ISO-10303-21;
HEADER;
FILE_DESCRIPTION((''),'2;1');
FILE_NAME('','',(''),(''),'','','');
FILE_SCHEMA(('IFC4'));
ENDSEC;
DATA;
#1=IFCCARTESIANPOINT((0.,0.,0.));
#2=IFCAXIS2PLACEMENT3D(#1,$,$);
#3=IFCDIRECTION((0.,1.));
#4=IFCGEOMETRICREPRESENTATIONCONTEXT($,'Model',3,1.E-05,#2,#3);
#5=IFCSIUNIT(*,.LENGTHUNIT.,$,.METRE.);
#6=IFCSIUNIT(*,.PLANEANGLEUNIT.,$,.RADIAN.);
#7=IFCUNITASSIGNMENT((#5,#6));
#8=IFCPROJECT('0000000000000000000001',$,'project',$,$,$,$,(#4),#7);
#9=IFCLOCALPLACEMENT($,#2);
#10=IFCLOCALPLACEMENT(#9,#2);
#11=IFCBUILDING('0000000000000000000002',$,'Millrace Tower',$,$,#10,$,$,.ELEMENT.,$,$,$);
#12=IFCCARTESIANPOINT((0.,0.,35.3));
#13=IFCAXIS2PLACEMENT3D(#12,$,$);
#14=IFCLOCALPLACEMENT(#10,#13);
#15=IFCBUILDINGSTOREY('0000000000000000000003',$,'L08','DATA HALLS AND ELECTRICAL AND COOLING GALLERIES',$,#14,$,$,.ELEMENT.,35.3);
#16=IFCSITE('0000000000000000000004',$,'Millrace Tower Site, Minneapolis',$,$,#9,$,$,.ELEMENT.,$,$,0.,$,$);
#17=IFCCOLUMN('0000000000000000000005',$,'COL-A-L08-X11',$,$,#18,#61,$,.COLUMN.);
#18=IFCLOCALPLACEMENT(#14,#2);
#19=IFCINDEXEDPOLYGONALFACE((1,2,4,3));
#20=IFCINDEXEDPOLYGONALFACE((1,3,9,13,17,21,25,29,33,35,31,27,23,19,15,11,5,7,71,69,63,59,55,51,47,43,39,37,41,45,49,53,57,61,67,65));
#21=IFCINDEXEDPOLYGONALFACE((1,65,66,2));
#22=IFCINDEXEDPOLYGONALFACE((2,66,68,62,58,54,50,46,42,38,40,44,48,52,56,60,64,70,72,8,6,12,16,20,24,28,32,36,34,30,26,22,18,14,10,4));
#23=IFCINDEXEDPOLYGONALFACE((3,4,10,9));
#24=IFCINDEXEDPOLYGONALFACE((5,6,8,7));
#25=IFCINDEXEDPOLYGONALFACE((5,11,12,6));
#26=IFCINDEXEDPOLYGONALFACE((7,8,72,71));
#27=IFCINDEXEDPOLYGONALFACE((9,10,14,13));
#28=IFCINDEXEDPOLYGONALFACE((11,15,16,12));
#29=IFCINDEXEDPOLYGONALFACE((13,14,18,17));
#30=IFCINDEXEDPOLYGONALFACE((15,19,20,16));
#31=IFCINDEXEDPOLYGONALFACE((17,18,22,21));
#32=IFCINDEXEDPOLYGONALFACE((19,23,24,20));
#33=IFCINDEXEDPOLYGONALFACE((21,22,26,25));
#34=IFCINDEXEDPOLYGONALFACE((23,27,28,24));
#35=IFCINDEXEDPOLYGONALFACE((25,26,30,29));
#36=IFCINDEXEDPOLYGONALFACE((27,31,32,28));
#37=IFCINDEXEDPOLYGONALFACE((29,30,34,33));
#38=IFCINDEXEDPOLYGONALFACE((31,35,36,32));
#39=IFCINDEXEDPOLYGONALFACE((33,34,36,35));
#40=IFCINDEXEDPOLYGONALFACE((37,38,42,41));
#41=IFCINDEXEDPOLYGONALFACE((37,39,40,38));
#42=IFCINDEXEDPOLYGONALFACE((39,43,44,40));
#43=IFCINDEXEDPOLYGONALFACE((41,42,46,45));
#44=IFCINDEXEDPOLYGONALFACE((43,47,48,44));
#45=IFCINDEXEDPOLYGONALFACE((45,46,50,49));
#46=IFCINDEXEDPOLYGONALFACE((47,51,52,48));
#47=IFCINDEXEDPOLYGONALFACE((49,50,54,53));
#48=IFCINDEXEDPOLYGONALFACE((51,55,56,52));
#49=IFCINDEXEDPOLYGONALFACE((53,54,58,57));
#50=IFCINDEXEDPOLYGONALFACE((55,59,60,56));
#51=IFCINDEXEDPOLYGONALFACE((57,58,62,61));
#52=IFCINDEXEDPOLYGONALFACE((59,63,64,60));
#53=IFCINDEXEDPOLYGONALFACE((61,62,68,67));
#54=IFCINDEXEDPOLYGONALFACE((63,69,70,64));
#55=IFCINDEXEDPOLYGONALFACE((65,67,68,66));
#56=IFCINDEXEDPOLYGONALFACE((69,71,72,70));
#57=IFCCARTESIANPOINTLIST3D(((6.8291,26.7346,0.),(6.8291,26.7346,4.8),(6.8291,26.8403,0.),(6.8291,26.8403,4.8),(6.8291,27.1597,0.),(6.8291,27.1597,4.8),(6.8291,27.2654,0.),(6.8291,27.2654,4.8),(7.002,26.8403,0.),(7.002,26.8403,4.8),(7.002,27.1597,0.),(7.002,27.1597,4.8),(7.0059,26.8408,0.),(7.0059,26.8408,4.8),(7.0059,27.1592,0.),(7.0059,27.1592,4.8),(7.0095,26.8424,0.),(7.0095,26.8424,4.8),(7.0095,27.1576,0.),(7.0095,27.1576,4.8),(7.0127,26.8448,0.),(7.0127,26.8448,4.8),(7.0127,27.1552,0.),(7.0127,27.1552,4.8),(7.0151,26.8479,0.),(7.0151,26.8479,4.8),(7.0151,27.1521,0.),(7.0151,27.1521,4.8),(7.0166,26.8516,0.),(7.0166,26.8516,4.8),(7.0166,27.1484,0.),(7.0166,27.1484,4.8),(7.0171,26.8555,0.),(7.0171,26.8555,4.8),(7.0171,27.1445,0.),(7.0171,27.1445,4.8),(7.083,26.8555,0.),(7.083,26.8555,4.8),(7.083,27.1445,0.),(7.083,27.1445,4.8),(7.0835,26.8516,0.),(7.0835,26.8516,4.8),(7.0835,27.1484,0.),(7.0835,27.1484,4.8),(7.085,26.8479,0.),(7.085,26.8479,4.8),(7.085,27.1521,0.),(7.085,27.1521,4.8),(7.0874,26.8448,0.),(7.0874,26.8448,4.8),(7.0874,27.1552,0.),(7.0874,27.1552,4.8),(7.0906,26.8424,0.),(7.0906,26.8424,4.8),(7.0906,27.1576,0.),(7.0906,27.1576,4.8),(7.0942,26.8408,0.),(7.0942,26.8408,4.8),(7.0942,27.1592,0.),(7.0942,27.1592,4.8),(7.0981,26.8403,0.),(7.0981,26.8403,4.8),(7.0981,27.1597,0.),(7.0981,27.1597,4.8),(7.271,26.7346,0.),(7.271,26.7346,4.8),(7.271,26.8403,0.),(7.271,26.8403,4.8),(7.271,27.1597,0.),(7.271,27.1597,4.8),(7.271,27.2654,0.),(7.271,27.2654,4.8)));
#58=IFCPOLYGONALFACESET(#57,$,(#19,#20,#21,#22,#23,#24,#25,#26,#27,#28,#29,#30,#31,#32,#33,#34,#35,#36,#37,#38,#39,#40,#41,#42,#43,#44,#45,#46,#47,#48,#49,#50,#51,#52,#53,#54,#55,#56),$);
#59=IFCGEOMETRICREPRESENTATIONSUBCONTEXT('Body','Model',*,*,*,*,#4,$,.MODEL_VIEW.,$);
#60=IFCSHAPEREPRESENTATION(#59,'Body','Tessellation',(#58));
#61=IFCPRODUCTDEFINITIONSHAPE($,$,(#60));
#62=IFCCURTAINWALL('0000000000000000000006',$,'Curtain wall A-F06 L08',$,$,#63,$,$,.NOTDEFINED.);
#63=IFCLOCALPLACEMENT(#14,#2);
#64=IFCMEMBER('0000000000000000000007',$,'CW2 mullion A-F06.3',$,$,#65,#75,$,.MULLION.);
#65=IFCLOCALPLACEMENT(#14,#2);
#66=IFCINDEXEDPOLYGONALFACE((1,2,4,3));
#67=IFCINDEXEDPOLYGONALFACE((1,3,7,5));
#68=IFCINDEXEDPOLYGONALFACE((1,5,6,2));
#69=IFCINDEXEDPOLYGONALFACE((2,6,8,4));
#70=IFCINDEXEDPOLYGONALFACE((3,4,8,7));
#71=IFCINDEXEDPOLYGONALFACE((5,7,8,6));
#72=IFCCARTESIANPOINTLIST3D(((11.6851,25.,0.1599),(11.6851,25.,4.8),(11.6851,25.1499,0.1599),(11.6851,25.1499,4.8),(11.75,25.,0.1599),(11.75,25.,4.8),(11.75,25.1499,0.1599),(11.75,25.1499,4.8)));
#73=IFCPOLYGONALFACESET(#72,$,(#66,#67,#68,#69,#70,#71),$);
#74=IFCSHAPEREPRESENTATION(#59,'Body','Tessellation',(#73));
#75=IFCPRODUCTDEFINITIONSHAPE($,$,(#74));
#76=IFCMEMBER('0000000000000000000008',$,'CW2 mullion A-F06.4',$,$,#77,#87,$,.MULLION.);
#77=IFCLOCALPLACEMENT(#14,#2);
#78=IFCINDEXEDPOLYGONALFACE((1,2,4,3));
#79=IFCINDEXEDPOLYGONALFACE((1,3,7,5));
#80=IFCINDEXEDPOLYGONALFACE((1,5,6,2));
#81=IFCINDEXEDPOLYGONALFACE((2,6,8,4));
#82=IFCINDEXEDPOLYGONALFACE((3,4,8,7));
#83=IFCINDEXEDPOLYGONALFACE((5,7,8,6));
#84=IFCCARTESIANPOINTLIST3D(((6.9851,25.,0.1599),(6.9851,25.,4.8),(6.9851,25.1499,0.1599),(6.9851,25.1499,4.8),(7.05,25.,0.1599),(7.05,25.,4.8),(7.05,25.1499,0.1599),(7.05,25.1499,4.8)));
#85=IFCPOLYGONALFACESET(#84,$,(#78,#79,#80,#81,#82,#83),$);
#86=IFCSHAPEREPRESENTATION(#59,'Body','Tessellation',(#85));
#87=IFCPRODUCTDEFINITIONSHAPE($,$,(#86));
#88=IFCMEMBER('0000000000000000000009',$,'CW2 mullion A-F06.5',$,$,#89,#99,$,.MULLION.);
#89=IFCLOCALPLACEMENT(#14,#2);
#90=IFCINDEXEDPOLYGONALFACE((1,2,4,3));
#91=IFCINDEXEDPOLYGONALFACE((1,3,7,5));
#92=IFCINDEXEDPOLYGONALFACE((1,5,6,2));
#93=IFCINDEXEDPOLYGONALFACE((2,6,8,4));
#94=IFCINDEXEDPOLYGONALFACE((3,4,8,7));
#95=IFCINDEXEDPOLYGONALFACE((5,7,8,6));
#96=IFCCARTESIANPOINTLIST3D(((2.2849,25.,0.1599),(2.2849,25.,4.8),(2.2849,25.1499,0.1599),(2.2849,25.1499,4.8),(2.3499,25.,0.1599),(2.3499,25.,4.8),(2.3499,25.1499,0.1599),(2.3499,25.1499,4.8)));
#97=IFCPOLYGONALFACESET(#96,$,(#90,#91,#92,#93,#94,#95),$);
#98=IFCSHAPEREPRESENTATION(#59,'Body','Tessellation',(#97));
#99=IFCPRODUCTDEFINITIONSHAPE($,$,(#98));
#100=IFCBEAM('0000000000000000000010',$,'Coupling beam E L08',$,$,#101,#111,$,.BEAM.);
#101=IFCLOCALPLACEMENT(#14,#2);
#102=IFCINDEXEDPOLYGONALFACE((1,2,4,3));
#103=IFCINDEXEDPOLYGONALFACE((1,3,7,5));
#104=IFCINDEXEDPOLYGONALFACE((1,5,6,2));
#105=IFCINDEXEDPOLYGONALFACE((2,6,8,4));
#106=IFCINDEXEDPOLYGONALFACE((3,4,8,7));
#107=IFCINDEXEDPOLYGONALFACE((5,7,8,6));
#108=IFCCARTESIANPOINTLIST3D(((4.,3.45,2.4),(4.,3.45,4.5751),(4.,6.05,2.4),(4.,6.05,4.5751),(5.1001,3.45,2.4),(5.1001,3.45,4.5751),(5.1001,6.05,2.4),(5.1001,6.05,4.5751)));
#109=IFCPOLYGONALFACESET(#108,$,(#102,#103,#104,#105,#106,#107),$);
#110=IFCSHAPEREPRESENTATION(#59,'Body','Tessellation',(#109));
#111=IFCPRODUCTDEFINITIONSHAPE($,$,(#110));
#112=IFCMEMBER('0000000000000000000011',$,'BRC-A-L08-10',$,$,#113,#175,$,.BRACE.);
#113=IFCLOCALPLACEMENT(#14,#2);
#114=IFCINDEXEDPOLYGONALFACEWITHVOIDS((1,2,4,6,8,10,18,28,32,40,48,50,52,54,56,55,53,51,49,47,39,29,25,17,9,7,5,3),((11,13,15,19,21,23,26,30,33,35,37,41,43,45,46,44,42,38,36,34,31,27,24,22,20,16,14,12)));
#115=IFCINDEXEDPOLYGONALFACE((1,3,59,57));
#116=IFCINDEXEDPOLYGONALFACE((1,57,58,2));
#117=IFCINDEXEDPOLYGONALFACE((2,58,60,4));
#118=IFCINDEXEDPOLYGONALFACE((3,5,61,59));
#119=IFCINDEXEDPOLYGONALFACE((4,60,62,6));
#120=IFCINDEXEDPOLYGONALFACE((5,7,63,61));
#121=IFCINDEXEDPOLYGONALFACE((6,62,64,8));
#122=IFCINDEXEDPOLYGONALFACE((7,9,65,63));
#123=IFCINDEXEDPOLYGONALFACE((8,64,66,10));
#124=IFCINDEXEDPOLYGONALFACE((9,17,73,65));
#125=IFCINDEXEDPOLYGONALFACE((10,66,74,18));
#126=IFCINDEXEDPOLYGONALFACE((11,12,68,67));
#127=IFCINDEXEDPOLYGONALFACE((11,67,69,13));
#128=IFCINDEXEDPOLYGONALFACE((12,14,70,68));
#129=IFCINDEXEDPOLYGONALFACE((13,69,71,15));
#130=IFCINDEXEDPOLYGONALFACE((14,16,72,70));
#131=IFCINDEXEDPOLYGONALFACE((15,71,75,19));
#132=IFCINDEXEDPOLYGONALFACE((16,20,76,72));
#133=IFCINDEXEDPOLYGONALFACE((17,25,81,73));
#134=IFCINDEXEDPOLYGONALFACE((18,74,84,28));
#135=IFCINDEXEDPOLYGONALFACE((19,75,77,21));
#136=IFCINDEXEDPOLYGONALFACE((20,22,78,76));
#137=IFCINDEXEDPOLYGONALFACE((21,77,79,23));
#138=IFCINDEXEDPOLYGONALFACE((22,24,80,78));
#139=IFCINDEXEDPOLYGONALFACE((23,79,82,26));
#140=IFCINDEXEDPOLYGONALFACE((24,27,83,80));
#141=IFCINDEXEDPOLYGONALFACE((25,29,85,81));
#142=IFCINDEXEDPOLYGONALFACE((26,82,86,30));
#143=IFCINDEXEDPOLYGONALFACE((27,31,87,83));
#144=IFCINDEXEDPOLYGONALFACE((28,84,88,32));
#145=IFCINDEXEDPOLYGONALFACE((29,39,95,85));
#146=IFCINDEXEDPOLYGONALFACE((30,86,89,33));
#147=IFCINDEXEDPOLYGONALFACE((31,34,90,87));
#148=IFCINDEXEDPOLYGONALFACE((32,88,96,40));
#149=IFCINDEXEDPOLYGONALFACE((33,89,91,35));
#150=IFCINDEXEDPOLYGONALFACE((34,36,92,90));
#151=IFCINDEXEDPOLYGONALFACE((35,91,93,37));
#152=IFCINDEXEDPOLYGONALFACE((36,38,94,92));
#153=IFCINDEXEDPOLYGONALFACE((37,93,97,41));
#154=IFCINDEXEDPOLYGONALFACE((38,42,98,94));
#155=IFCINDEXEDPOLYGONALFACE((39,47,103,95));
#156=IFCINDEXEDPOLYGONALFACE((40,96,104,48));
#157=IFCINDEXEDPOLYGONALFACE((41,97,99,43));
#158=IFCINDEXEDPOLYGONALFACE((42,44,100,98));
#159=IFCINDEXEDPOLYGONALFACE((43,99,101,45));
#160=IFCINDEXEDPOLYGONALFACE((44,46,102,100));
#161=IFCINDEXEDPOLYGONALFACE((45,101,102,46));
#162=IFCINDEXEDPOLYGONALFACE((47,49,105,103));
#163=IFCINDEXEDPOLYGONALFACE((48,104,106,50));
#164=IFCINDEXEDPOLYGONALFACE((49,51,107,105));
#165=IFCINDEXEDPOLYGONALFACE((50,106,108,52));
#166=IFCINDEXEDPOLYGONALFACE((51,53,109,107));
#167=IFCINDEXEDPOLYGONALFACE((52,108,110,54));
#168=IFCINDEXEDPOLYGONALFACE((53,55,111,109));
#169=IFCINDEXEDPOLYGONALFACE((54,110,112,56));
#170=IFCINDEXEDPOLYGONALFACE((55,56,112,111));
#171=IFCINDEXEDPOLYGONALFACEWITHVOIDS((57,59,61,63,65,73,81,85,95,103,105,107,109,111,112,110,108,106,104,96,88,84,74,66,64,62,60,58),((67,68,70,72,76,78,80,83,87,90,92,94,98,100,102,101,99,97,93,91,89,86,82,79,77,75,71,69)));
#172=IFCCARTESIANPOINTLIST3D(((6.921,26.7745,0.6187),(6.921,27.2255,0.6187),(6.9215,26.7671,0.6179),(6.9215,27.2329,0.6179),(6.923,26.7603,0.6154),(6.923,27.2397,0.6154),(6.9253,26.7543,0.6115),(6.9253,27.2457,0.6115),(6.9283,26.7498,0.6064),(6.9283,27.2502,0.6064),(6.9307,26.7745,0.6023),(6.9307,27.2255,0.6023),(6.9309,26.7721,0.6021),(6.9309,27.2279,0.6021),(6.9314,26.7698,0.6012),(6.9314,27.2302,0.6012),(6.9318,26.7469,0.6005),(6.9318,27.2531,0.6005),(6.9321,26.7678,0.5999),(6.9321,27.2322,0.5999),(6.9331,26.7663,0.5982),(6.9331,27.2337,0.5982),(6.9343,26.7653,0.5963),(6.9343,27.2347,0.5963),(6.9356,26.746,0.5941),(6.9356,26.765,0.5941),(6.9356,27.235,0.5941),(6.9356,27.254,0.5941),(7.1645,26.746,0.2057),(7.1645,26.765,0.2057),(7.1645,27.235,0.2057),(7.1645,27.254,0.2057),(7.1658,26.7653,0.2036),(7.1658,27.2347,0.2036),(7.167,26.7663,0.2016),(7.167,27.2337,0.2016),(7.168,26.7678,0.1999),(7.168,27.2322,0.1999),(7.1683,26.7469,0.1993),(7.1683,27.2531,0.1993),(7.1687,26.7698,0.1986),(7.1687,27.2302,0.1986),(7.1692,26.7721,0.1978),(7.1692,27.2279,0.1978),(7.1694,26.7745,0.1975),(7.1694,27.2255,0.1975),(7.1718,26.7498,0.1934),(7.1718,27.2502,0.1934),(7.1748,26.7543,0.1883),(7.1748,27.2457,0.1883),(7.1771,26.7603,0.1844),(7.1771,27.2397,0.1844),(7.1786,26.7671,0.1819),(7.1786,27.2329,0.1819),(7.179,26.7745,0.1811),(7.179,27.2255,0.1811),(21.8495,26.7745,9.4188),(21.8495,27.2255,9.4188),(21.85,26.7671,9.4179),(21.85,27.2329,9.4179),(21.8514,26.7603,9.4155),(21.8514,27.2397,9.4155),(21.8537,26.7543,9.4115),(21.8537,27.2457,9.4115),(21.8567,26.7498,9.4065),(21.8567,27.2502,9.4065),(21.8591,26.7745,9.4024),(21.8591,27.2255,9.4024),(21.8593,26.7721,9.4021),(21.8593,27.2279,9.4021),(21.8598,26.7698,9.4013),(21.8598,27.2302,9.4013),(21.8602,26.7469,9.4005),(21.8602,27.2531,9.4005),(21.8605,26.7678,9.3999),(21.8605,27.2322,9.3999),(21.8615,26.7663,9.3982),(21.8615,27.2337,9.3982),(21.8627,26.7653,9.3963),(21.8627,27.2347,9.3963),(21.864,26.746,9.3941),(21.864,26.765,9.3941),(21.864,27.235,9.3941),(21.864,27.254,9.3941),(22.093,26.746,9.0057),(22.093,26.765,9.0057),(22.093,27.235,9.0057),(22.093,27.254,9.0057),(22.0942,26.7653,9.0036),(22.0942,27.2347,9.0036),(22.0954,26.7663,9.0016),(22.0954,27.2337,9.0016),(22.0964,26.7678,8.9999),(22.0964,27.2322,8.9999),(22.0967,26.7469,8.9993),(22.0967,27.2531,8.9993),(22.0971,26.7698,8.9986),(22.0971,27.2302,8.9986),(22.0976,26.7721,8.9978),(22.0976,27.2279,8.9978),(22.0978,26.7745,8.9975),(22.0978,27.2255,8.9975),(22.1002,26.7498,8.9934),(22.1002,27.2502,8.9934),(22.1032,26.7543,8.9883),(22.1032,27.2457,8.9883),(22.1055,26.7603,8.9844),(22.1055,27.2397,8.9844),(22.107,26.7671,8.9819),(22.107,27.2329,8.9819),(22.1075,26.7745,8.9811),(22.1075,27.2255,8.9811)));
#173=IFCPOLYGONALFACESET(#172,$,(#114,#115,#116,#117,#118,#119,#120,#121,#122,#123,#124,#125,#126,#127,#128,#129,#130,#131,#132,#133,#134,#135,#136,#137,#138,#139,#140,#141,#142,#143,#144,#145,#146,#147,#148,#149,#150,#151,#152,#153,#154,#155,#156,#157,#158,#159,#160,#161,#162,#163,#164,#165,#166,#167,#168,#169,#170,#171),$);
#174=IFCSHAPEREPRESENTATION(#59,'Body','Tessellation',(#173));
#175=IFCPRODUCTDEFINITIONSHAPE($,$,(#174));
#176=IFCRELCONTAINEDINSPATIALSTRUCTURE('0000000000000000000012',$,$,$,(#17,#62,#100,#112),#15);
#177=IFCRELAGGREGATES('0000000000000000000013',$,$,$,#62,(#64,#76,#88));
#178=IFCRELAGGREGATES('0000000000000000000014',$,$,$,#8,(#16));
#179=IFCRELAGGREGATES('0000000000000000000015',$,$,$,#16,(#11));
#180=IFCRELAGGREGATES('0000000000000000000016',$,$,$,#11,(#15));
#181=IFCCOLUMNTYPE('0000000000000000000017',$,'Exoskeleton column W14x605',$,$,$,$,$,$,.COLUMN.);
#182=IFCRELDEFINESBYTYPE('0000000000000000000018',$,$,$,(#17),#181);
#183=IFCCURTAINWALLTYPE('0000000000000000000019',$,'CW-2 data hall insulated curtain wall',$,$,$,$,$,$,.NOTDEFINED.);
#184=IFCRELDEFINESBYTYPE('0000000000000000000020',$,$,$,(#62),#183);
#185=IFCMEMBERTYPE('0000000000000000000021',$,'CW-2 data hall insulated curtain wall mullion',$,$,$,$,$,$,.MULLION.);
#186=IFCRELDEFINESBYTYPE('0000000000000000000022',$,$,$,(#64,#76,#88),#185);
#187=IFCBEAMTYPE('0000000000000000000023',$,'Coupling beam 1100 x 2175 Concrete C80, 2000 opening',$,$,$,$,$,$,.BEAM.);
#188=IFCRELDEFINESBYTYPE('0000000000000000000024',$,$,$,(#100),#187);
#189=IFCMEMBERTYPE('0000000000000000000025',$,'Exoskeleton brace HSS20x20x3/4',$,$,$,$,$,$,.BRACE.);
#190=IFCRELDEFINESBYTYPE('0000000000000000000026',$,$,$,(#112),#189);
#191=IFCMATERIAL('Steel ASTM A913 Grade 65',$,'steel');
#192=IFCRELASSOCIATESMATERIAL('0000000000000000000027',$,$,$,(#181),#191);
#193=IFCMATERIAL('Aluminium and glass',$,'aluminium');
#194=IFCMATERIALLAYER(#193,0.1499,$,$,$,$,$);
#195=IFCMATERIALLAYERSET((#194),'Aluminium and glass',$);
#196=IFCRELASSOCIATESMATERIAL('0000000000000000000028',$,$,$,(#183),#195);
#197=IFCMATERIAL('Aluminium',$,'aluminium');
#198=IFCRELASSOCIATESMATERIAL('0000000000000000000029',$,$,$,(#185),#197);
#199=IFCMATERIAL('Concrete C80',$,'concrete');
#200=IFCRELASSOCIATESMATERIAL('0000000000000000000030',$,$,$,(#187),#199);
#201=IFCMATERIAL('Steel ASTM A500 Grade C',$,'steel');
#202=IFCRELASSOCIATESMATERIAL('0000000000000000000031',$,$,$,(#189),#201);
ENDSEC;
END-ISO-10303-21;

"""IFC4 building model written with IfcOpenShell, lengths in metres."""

from ifc_helpers import new_model, si_unit, direction, frame, origin, origin_2d, place, context, subcontext, project, spatial, rectangle, hollow_rectangle, i_section, extrude, material, layer, layer_set, material_profile, profile_set, type_object, element, aggregate, save


model = new_model("IFC4")

# Units and contexts
model_context = context("Model", 3, precision=1e-05, world=origin(), true_north=direction((0.0, 1.0)))
body_context = subcontext(model_context, "Body", "Model", "MODEL_VIEW")
ifc_project = project(units=[si_unit("LENGTHUNIT", "METRE"), si_unit("PLANEANGLEUNIT", "RADIAN")], contexts=[model_context])

# Site, building, storey
site_placement = place(None, origin())
site = spatial("IfcSite", under=ifc_project, at=site_placement, Name="Millrace Tower Site, Minneapolis", CompositionType="ELEMENT", RefElevation=0.0)
building_placement = place(site_placement, origin())
building = spatial("IfcBuilding", under=site, at=building_placement, Name="Millrace Tower", CompositionType="ELEMENT")
storey_placement = place(building_placement, frame((0.0, 0.0, 35.3)))
storey = spatial("IfcBuildingStorey", under=building, at=storey_placement, Name="L08", Description="DATA HALLS AND ELECTRICAL AND COOLING GALLERIES", CompositionType="ELEMENT", Elevation=35.3)

# Column
ifc_material_1 = material(Name="Steel ASTM A913 Grade 65", Category="steel")
ifc_material_profile_1 = material_profile(ifc_material_1, i_section(OverallWidth=0.4419, OverallDepth=0.5308, WebThickness=0.0659, FlangeThickness=0.1057, FilletRadius=0.0151, at=origin_2d()))
ifc_profile_set_1 = profile_set([ifc_material_profile_1], Name="Steel ASTM A913 Grade 65")
column_type = type_object("IfcColumnType", Name="Exoskeleton column W14x605", PredefinedType="COLUMN", material=ifc_profile_set_1)
column_placement = place(storey_placement, frame((7.05, 27.0, 0.0), z_axis=(0.0, 0.0, 1.0), x_axis=(-1.0, 0.0, 0.0)))
element("IfcColumn", 1, at=column_placement, inside=storey, type_object=column_type, Name="COL-A-L08-X11", PredefinedType="COLUMN", context=body_context, shape_type="SweptSolid", body=[
    extrude(i_section(OverallWidth=0.4419, OverallDepth=0.5308, WebThickness=0.0659, FlangeThickness=0.1057, FilletRadius=0.0151, at=origin_2d()), origin(), (0.0, 0.0, 1.0), 4.8),
])

# Curtain wall, members
ifc_material_2 = material(Name="Aluminium and glass", Category="aluminium")
ifc_layer_1 = layer(ifc_material_2, 0.1499)
ifc_layer_set_1 = layer_set([ifc_layer_1], Name="Aluminium and glass")
curtain_wall_type = type_object("IfcCurtainWallType", Name="CW-2 data hall insulated curtain wall", PredefinedType="NOTDEFINED", material=ifc_layer_set_1)
curtain_wall_placement = place(storey_placement, origin())
curtain_wall = element("IfcCurtainWall", 2, at=curtain_wall_placement, inside=storey, type_object=curtain_wall_type, Name="Curtain wall A-F06 L08", PredefinedType="NOTDEFINED")
ifc_material_3 = material(Name="Aluminium", Category="aluminium")
ifc_material_profile_2 = material_profile(ifc_material_3, rectangle(XDim=0.0649, YDim=0.1499, at=origin_2d()))
ifc_profile_set_2 = profile_set([ifc_material_profile_2], Name="Aluminium")
member_type_1 = type_object("IfcMemberType", Name="CW-2 data hall insulated curtain wall mullion", PredefinedType="MULLION", material=ifc_profile_set_2)
member_1_placement = place(storey_placement, frame((11.7175, 25.075, 0.1599), z_axis=(0.0, 0.0, 1.0), x_axis=(-1.0, 0.0, 0.0)))
member_1 = element("IfcMember", 3, at=member_1_placement, type_object=member_type_1, Name="CW2 mullion A-F06.3", PredefinedType="MULLION", context=body_context, shape_type="SweptSolid", body=[
    extrude(rectangle(XDim=0.0649, YDim=0.1499, at=origin_2d()), origin(), (0.0, 0.0, 1.0), 4.6401),
])
member_2_placement = place(storey_placement, frame((7.0176, 25.075, 0.1599), z_axis=(0.0, 0.0, 1.0), x_axis=(-1.0, 0.0, 0.0)))
member_2 = element("IfcMember", 4, at=member_2_placement, type_object=member_type_1, Name="CW2 mullion A-F06.4", PredefinedType="MULLION", context=body_context, shape_type="SweptSolid", body=[
    extrude(rectangle(XDim=0.0649, YDim=0.1499, at=origin_2d()), origin(), (0.0, 0.0, 1.0), 4.6401),
])
member_3_placement = place(storey_placement, frame((2.3174, 25.075, 0.1599), z_axis=(0.0, 0.0, 1.0), x_axis=(-1.0, 0.0, 0.0)))
member_3 = element("IfcMember", 5, at=member_3_placement, type_object=member_type_1, Name="CW2 mullion A-F06.5", PredefinedType="MULLION", context=body_context, shape_type="SweptSolid", body=[
    extrude(rectangle(XDim=0.0649, YDim=0.1499, at=origin_2d()), origin(), (0.0, 0.0, 1.0), 4.6401),
])
aggregate(curtain_wall, [member_1, member_2, member_3])

# Beam
ifc_material_4 = material(Name="Concrete C80", Category="concrete")
ifc_material_profile_3 = material_profile(ifc_material_4, rectangle(XDim=1.1001, YDim=2.175, at=origin_2d()))
ifc_profile_set_3 = profile_set([ifc_material_profile_3], Name="Concrete C80")
beam_type_1 = type_object("IfcBeamType", Name="Coupling beam 1100 x 2175 Concrete C80, 2000 opening", PredefinedType="BEAM", material=ifc_profile_set_3)
beam_1_placement = place(storey_placement, frame((4.55, 6.05, 3.4875), z_axis=(0.0, -1.0, 0.0), x_axis=(1.0, 0.0, 0.0)))
element("IfcBeam", 6, at=beam_1_placement, inside=storey, type_object=beam_type_1, Name="Coupling beam E L08", PredefinedType="BEAM", context=body_context, shape_type="SweptSolid", body=[
    extrude(rectangle(XDim=1.1001, YDim=2.175, at=origin_2d()), origin(), (0.0, 0.0, 1.0), 2.6001),
])

# Member
ifc_material_5 = material(Name="Steel ASTM A500 Grade C", Category="steel")
ifc_material_profile_4 = material_profile(ifc_material_5, hollow_rectangle(XDim=0.5081, YDim=0.5081, WallThickness=0.019, InnerFilletRadius=0.0095, OuterFilletRadius=0.0286, at=origin_2d()))
ifc_profile_set_4 = profile_set([ifc_material_profile_4], Name="Steel ASTM A500 Grade C")
member_type_2 = type_object("IfcMemberType", Name="Exoskeleton brace HSS20x20x3/4", PredefinedType="BRACE", material=ifc_profile_set_4)
member_4_placement = place(storey_placement, frame((7.05, 27.0, 0.3999), z_axis=(0.861465, 0.0, 0.507817), x_axis=(0.0, 1.0, 0.0)))
element("IfcMember", 7, at=member_4_placement, inside=storey, type_object=member_type_2, Name="BRC-A-L08-10", PredefinedType="BRACE", context=body_context, shape_type="SweptSolid", body=[
    extrude(hollow_rectangle(XDim=0.5081, YDim=0.5081, WallThickness=0.019, InnerFilletRadius=0.0095, OuterFilletRadius=0.0286, at=origin_2d()), origin(), (0.0, 0.0, 1.0), 17.3291),
])

save(model, "model.ifc")
